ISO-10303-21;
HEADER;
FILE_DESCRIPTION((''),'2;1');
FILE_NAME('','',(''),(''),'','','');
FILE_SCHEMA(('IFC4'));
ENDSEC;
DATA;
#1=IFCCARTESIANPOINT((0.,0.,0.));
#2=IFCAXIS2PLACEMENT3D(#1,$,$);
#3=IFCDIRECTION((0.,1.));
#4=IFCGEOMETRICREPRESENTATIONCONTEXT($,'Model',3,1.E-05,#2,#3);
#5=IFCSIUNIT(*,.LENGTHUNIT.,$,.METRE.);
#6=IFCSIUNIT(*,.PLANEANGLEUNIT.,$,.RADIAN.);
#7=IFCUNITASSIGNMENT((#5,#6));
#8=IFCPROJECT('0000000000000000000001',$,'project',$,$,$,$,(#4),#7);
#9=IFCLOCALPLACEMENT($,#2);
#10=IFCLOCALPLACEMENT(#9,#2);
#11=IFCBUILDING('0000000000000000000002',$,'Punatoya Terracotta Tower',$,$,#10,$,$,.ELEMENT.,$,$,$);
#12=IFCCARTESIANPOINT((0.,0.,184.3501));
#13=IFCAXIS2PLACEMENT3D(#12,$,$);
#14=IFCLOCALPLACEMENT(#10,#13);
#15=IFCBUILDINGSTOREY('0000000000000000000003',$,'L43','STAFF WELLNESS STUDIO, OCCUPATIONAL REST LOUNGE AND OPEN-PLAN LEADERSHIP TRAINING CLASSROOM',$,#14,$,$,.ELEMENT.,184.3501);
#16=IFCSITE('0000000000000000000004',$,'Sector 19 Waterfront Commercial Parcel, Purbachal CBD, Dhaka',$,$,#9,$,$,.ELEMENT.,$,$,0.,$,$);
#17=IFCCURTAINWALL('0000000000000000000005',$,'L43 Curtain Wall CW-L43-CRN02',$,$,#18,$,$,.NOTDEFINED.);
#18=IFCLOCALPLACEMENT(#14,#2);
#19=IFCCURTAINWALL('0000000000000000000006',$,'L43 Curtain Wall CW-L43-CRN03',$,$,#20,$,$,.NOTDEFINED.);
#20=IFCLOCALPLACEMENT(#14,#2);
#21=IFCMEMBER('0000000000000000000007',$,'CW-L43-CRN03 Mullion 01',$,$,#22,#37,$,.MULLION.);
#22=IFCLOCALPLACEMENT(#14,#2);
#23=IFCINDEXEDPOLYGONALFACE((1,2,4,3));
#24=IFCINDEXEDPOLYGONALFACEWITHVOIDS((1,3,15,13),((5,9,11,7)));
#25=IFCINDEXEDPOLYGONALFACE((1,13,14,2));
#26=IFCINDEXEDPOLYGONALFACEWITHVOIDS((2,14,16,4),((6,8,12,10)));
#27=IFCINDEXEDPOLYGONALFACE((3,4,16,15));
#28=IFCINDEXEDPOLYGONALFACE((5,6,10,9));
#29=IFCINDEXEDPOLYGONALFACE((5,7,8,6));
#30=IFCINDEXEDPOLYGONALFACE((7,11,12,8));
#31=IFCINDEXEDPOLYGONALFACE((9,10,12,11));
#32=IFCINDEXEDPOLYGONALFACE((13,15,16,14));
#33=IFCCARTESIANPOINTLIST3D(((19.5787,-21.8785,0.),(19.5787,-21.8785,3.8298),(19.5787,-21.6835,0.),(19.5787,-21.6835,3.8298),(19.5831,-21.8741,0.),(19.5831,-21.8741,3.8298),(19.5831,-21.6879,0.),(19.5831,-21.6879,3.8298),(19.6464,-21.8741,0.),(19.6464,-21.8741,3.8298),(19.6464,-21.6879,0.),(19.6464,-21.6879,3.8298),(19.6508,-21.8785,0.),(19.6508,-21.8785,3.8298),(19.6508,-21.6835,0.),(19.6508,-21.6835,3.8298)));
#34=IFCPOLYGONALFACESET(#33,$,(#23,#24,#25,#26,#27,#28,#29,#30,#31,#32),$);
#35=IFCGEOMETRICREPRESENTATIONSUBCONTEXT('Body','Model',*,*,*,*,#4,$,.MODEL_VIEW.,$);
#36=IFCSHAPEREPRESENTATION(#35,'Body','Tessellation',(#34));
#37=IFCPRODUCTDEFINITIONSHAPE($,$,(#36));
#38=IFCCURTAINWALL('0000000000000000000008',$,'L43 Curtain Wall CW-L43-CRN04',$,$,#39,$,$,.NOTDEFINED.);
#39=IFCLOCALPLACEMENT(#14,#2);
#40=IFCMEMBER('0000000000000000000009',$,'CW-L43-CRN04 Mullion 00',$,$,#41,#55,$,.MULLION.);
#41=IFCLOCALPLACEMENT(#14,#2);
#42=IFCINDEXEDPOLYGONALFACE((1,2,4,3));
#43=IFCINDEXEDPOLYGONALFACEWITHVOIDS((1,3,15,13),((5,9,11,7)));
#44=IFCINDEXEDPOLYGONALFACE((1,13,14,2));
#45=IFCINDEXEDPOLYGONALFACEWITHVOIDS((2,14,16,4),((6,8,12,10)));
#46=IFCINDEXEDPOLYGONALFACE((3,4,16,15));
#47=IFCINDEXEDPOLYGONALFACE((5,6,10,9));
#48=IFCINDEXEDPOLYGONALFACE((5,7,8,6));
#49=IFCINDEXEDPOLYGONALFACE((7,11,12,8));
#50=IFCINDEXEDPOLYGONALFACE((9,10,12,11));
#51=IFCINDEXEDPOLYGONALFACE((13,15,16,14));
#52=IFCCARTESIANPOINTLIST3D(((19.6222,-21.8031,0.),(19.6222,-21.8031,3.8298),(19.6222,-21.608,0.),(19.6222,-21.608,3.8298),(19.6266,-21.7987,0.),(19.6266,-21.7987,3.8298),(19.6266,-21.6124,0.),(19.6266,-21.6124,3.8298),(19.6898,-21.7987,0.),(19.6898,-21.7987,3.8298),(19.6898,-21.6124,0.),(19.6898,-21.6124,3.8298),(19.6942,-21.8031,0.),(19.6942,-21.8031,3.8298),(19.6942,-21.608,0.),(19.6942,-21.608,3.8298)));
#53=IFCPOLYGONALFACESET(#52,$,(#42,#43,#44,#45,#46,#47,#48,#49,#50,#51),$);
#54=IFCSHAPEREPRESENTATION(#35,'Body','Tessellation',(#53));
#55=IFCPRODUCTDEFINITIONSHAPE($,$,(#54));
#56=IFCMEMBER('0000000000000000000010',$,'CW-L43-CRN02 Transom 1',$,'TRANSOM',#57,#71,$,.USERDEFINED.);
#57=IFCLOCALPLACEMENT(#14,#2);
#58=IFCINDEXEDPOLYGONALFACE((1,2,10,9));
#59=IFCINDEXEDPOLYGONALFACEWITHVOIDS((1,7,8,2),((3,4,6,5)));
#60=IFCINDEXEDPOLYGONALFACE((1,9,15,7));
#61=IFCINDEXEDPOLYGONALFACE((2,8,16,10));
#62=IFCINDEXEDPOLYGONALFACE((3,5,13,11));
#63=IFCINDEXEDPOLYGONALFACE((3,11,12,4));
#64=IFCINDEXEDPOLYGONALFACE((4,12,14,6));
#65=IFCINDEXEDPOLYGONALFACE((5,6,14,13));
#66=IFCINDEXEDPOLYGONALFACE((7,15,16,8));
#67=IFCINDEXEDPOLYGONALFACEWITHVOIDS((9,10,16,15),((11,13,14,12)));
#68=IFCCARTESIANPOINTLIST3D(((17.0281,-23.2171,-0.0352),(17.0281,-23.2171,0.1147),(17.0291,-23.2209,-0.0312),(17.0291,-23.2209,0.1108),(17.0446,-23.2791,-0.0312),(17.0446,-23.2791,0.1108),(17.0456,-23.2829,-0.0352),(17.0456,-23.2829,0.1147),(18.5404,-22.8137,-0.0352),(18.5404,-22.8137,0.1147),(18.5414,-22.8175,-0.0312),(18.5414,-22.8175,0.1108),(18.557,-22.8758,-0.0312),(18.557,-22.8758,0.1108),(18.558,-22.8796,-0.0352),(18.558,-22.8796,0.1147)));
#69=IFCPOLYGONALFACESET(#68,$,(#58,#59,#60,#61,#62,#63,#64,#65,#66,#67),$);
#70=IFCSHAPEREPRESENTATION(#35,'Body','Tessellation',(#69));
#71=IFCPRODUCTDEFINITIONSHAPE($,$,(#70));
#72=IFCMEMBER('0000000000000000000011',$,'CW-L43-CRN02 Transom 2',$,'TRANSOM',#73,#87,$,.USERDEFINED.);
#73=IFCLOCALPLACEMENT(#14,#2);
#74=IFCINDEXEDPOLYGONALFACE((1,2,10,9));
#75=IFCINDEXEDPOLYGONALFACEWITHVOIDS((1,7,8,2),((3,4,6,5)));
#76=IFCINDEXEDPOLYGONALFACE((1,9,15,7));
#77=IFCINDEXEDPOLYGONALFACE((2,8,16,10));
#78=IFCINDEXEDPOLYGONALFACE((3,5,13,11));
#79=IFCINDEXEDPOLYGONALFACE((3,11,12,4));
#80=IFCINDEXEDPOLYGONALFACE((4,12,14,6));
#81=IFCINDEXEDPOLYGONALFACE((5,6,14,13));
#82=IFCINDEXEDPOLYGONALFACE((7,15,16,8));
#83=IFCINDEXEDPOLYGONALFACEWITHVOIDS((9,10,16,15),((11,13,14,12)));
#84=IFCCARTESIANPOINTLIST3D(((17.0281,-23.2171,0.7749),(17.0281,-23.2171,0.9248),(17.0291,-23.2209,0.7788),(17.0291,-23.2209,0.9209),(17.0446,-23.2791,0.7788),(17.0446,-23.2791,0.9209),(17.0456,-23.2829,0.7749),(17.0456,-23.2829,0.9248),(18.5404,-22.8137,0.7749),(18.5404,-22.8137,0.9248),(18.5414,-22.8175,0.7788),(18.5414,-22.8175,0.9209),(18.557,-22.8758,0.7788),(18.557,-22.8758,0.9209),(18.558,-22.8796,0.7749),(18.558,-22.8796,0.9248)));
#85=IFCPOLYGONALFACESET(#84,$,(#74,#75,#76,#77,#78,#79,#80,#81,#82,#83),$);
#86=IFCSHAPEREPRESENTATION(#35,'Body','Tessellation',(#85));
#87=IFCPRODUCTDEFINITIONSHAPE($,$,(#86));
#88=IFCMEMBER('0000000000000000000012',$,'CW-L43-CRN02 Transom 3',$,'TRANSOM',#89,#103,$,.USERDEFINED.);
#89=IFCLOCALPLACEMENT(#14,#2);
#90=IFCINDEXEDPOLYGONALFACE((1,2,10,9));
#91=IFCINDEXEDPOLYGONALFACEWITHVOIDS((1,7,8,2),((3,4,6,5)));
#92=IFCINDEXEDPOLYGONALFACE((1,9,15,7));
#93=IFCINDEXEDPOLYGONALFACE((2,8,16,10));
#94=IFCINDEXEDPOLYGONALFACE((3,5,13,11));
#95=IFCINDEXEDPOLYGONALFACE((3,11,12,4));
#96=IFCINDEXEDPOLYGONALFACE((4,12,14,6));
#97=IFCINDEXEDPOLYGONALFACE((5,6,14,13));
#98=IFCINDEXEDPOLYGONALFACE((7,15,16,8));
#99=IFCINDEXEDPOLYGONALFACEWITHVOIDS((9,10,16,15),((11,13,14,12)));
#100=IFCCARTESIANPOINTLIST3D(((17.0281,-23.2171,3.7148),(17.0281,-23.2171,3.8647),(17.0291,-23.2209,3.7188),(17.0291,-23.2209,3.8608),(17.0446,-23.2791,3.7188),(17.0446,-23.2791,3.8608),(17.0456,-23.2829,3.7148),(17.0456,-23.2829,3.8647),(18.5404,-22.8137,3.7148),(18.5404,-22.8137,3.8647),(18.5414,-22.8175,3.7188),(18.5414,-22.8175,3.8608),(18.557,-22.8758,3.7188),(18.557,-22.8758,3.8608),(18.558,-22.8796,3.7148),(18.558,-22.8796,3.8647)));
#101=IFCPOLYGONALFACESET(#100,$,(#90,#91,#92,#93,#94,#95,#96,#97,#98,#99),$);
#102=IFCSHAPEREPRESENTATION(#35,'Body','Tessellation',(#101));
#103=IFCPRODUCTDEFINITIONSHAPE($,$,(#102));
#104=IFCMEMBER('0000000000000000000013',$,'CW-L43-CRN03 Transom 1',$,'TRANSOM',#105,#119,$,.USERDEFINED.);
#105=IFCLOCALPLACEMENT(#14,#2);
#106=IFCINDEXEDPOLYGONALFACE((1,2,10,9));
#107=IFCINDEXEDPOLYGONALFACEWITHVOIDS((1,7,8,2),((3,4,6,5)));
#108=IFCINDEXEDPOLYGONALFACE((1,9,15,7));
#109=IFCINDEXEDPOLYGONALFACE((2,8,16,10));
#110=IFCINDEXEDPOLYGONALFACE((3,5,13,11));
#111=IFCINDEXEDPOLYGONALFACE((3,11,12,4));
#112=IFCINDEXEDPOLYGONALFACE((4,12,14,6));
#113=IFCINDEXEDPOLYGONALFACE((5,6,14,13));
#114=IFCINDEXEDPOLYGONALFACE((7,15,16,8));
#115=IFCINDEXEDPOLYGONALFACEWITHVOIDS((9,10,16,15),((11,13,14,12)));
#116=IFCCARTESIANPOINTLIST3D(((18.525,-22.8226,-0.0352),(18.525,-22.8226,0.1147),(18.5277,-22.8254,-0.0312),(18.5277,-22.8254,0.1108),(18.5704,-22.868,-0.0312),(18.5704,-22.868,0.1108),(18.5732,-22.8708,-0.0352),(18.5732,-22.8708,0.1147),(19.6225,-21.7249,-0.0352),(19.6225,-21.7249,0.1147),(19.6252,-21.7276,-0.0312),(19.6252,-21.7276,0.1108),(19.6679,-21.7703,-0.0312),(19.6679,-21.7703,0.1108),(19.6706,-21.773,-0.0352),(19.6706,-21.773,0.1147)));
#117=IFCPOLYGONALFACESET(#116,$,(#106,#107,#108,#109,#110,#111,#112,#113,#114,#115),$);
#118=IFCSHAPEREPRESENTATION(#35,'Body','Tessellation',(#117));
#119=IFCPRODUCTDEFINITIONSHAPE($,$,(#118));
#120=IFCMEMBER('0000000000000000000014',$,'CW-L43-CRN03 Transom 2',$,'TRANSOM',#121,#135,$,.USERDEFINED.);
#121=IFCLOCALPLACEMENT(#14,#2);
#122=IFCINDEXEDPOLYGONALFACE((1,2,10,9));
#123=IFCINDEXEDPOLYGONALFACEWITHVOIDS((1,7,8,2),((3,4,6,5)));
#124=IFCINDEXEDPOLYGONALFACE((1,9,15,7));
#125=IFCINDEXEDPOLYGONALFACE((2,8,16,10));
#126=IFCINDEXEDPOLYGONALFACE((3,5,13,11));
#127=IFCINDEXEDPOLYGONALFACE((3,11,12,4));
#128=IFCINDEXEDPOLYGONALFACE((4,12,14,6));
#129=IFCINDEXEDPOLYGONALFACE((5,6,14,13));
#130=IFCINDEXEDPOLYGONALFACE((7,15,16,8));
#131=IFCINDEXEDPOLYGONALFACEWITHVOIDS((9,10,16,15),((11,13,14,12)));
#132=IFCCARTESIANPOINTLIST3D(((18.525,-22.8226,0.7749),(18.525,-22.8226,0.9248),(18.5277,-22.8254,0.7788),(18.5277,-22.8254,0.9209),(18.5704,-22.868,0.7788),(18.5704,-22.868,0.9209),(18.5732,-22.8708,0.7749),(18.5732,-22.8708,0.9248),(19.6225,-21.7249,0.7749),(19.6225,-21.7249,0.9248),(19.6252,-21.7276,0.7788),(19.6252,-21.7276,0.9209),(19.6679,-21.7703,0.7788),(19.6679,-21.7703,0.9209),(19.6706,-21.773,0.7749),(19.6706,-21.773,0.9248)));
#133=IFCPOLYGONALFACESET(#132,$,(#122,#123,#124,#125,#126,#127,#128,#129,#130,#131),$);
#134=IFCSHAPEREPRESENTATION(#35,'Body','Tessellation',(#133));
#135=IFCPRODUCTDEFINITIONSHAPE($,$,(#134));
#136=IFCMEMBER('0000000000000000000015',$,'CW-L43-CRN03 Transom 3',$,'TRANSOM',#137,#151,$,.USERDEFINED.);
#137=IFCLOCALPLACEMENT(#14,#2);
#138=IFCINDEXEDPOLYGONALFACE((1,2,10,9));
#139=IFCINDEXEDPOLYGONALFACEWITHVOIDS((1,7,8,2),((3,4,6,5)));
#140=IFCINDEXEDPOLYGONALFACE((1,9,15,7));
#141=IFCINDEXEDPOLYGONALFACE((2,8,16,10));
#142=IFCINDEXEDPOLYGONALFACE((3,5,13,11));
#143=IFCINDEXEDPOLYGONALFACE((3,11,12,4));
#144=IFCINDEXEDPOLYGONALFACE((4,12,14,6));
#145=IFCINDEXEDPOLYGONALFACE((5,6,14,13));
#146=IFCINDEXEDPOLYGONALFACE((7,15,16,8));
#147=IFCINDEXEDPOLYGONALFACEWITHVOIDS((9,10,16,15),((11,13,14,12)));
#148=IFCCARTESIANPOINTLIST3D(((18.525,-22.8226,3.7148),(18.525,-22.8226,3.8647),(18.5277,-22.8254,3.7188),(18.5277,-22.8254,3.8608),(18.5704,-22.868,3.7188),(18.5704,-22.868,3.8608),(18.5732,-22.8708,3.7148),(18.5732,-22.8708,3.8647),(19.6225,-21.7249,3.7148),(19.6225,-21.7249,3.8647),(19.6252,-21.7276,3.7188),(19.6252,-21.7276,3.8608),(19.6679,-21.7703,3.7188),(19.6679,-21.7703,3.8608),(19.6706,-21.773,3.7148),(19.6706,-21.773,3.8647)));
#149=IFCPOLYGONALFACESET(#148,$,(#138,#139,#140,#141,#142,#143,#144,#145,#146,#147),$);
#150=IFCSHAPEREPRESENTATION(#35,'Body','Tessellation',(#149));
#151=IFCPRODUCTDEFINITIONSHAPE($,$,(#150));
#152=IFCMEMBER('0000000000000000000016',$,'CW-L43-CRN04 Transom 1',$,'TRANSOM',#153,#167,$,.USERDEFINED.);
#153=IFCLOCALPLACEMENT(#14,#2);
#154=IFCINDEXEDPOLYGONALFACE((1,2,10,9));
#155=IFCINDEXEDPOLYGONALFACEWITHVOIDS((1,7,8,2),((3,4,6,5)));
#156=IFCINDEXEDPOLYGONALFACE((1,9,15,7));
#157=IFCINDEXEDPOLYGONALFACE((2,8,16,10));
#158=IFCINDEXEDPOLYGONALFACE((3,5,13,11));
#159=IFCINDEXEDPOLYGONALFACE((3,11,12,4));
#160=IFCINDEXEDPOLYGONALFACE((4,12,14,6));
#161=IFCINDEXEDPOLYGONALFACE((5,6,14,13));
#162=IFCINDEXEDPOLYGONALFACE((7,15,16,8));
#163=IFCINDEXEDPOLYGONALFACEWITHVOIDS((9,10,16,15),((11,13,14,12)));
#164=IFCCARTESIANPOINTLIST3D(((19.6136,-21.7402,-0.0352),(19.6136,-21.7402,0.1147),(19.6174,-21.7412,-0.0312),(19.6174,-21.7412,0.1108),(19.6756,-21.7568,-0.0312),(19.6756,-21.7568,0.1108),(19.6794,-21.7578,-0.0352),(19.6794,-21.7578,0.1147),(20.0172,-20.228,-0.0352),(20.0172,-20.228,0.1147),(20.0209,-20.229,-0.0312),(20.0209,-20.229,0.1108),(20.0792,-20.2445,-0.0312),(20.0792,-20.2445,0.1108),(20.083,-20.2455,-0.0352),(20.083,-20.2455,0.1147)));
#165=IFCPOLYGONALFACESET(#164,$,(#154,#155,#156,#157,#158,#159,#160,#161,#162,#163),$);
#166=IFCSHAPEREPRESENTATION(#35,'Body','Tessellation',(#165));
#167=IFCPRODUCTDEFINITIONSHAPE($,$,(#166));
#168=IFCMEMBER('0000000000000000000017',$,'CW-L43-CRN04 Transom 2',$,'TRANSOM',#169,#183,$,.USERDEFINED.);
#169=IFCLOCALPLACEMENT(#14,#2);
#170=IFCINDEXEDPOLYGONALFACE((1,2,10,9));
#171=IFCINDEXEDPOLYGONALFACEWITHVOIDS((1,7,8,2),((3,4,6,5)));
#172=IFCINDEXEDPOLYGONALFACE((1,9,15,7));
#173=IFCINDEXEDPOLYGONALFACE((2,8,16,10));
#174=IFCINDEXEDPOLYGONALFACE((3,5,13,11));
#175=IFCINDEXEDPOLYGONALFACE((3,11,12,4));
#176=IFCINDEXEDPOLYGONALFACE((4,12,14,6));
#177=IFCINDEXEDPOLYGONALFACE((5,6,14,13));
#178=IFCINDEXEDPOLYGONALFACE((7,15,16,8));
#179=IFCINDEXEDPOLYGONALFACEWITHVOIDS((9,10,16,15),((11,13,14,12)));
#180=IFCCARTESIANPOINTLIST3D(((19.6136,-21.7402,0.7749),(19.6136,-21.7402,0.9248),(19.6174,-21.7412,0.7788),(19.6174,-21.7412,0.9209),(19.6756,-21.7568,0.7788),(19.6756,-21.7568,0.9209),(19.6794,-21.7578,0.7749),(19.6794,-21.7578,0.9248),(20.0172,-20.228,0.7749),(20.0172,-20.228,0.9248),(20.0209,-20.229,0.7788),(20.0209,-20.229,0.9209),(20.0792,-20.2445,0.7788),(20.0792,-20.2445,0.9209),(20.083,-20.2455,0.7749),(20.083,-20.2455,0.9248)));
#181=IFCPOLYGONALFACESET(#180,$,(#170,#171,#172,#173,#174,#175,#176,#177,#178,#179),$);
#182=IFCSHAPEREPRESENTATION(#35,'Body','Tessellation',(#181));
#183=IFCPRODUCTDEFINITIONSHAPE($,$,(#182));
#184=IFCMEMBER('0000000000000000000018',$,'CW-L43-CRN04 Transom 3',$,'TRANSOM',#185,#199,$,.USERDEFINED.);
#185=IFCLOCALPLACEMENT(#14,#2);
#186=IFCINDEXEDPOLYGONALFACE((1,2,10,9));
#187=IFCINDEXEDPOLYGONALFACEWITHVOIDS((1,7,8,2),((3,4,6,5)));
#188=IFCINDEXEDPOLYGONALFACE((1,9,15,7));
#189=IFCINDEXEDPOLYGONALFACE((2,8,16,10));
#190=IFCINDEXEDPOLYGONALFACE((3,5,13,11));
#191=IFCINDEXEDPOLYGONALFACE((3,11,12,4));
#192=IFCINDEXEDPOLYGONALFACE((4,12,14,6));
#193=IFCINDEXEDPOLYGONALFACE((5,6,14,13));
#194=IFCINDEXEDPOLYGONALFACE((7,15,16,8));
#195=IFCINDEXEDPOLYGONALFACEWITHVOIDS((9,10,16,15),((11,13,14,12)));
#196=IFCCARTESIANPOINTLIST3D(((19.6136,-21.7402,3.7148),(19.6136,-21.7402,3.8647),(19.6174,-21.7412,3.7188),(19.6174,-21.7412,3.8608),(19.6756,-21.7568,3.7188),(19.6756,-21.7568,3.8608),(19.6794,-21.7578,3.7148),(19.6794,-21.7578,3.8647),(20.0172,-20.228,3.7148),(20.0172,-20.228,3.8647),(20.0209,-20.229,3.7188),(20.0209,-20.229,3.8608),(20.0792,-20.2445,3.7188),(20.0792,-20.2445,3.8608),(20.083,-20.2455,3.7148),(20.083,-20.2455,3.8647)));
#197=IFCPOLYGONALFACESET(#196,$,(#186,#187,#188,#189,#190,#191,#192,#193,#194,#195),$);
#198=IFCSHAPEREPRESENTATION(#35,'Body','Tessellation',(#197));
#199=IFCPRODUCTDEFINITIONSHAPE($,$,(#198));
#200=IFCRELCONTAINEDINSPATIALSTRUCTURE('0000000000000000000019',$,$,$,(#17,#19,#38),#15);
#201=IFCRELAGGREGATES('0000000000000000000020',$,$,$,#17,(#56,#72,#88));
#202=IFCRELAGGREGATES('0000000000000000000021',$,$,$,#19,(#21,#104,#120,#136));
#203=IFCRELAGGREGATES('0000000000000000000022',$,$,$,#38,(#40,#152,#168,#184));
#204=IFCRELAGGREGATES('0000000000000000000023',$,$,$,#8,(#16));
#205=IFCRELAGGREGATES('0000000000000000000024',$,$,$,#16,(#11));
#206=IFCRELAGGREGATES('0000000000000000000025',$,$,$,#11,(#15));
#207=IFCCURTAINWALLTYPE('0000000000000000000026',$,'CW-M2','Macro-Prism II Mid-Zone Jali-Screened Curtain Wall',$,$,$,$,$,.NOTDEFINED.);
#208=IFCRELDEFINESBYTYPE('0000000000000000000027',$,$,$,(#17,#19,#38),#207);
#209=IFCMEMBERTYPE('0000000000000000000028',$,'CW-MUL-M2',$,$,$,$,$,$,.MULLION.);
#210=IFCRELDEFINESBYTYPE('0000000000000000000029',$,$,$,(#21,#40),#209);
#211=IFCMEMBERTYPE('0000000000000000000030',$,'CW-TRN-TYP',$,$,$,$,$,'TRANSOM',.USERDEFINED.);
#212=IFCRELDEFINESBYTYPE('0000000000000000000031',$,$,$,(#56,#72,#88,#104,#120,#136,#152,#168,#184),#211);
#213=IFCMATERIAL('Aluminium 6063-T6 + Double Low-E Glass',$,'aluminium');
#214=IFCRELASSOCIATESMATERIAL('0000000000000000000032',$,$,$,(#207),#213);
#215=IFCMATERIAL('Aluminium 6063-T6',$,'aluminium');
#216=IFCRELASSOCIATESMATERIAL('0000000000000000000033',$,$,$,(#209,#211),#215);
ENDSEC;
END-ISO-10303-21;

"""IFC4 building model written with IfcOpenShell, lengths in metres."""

from ifc_helpers import new_model, si_unit, direction, frame, origin, origin_2d, place, context, subcontext, project, spatial, hollow_rectangle, extrude, material, material_profile, profile_set, type_object, element, aggregate, save


model = new_model("IFC4")

# Units and contexts
model_context = context("Model", 3, precision=1e-05, world=origin(), true_north=direction((0.0, 1.0)))
body_context = subcontext(model_context, "Body", "Model", "MODEL_VIEW")
ifc_project = project(units=[si_unit("LENGTHUNIT", "METRE"), si_unit("PLANEANGLEUNIT", "RADIAN")], contexts=[model_context])

# Site, building, storey
site_placement = place(None, origin())
site = spatial("IfcSite", under=ifc_project, at=site_placement, Name="Sector 19 Waterfront Commercial Parcel, Purbachal CBD, Dhaka", CompositionType="ELEMENT", RefElevation=0.0)
building_placement = place(site_placement, origin())
building = spatial("IfcBuilding", under=site, at=building_placement, Name="Punatoya Terracotta Tower", CompositionType="ELEMENT")
storey_placement = place(building_placement, frame((0.0, 0.0, 184.3501)))
storey = spatial("IfcBuildingStorey", under=building, at=storey_placement, Name="L43", Description="STAFF WELLNESS STUDIO, OCCUPATIONAL REST LOUNGE AND OPEN-PLAN LEADERSHIP TRAINING CLASSROOM", CompositionType="ELEMENT", Elevation=184.3501)

# Curtain walls, member
ifc_material_1 = material(Name="Aluminium 6063-T6 + Double Low-E Glass", Category="aluminium")
curtain_wall_type = type_object("IfcCurtainWallType", Name="CW-M2", Description="Macro-Prism II Mid-Zone Jali-Screened Curtain Wall", PredefinedType="NOTDEFINED", material=ifc_material_1)
ifc_material_2 = material(Name="Aluminium 6063-T6", Category="aluminium")
ifc_material_profile_1 = material_profile(ifc_material_2, hollow_rectangle(XDim=0.072, YDim=0.1951, WallThickness=0.0044, at=origin_2d()))
ifc_profile_set_1 = profile_set([ifc_material_profile_1], Name="Aluminium 6063-T6")
member_type_1 = type_object("IfcMemberType", Name="CW-MUL-M2", PredefinedType="MULLION", material=ifc_profile_set_1)
curtain_wall_1_placement = place(storey_placement, origin())
curtain_wall_1 = element("IfcCurtainWall", 1, at=curtain_wall_1_placement, inside=storey, type_object=curtain_wall_type, Name="L43 Curtain Wall CW-L43-CRN02", PredefinedType="NOTDEFINED")
curtain_wall_2_placement = place(storey_placement, origin())
curtain_wall_2 = element("IfcCurtainWall", 2, at=curtain_wall_2_placement, inside=storey, type_object=curtain_wall_type, Name="L43 Curtain Wall CW-L43-CRN03", PredefinedType="NOTDEFINED")
member_1_placement = place(storey_placement, frame((19.6147, -21.781, 0.0), z_axis=(0.0, 0.0, 1.0), x_axis=(1.0, 0.0, 0.0)))
member_1 = element("IfcMember", 3, at=member_1_placement, type_object=member_type_1, Name="CW-L43-CRN03 Mullion 01", PredefinedType="MULLION", context=body_context, shape_type="SweptSolid", body=[
    extrude(hollow_rectangle(XDim=0.072, YDim=0.1951, WallThickness=0.0044, at=origin_2d()), origin(), (0.0, 0.0, 1.0), 3.8298),
])

# Curtain wall, member
curtain_wall_3_placement = place(storey_placement, origin())
curtain_wall_3 = element("IfcCurtainWall", 4, at=curtain_wall_3_placement, inside=storey, type_object=curtain_wall_type, Name="L43 Curtain Wall CW-L43-CRN04", PredefinedType="NOTDEFINED")
member_2_placement = place(storey_placement, frame((19.6582, -21.7056, 0.0), z_axis=(0.0, 0.0, 1.0), x_axis=(1.0, 0.0, 0.0)))
member_2 = element("IfcMember", 5, at=member_2_placement, type_object=member_type_1, Name="CW-L43-CRN04 Mullion 00", PredefinedType="MULLION", context=body_context, shape_type="SweptSolid", body=[
    extrude(hollow_rectangle(XDim=0.072, YDim=0.1951, WallThickness=0.0044, at=origin_2d()), origin(), (0.0, 0.0, 1.0), 3.8298),
])

# Members
ifc_material_profile_2 = material_profile(ifc_material_2, hollow_rectangle(XDim=0.0681, YDim=0.1499, WallThickness=0.0039, at=origin_2d()))
ifc_profile_set_2 = profile_set([ifc_material_profile_2], Name="Aluminium 6063-T6")
member_type_2 = type_object("IfcMemberType", Name="CW-TRN-TYP", ElementType="TRANSOM", PredefinedType="USERDEFINED", material=ifc_profile_set_2)
member_3_placement = place(storey_placement, frame((17.0369, -23.25, 0.0398), z_axis=(0.966225, 0.257701, 0.0), x_axis=(-0.257701, 0.966225, 0.0)))
member_3 = element("IfcMember", 6, at=member_3_placement, type_object=member_type_2, Name="CW-L43-CRN02 Transom 1", ObjectType="TRANSOM", PredefinedType="USERDEFINED", context=body_context, shape_type="SweptSolid", body=[
    extrude(hollow_rectangle(XDim=0.0681, YDim=0.1499, WallThickness=0.0039, at=origin_2d()), origin(), (0.0, 0.0, 1.0), 1.5652),
])
member_4_placement = place(storey_placement, frame((17.0369, -23.25, 0.8499), z_axis=(0.966225, 0.257701, 0.0), x_axis=(-0.257701, 0.966225, 0.0)))
member_4 = element("IfcMember", 7, at=member_4_placement, type_object=member_type_2, Name="CW-L43-CRN02 Transom 2", ObjectType="TRANSOM", PredefinedType="USERDEFINED", context=body_context, shape_type="SweptSolid", body=[
    extrude(hollow_rectangle(XDim=0.0681, YDim=0.1499, WallThickness=0.0039, at=origin_2d()), origin(), (0.0, 0.0, 1.0), 1.5652),
])
member_5_placement = place(storey_placement, frame((17.0369, -23.25, 3.7898), z_axis=(0.966225, 0.257701, 0.0), x_axis=(-0.257701, 0.966225, 0.0)))
member_5 = element("IfcMember", 8, at=member_5_placement, type_object=member_type_2, Name="CW-L43-CRN02 Transom 3", ObjectType="TRANSOM", PredefinedType="USERDEFINED", context=body_context, shape_type="SweptSolid", body=[
    extrude(hollow_rectangle(XDim=0.0681, YDim=0.1499, WallThickness=0.0039, at=origin_2d()), origin(), (0.0, 0.0, 1.0), 1.5652),
])
member_6_placement = place(storey_placement, frame((18.5491, -22.8467, 0.0398), z_axis=(0.707028, 0.707185, 0.0), x_axis=(-0.707185, 0.707028, 0.0)))
member_6 = element("IfcMember", 9, at=member_6_placement, type_object=member_type_2, Name="CW-L43-CRN03 Transom 1", ObjectType="TRANSOM", PredefinedType="USERDEFINED", context=body_context, shape_type="SweptSolid", body=[
    extrude(hollow_rectangle(XDim=0.0681, YDim=0.1499, WallThickness=0.0039, at=origin_2d()), origin(), (0.0, 0.0, 1.0), 1.5522),
])
member_7_placement = place(storey_placement, frame((18.5491, -22.8467, 0.8499), z_axis=(0.707028, 0.707185, 0.0), x_axis=(-0.707185, 0.707028, 0.0)))
member_7 = element("IfcMember", 10, at=member_7_placement, type_object=member_type_2, Name="CW-L43-CRN03 Transom 2", ObjectType="TRANSOM", PredefinedType="USERDEFINED", context=body_context, shape_type="SweptSolid", body=[
    extrude(hollow_rectangle(XDim=0.0681, YDim=0.1499, WallThickness=0.0039, at=origin_2d()), origin(), (0.0, 0.0, 1.0), 1.5522),
])
member_8_placement = place(storey_placement, frame((18.5491, -22.8467, 3.7898), z_axis=(0.707028, 0.707185, 0.0), x_axis=(-0.707185, 0.707028, 0.0)))
member_8 = element("IfcMember", 11, at=member_8_placement, type_object=member_type_2, Name="CW-L43-CRN03 Transom 3", ObjectType="TRANSOM", PredefinedType="USERDEFINED", context=body_context, shape_type="SweptSolid", body=[
    extrude(hollow_rectangle(XDim=0.0681, YDim=0.1499, WallThickness=0.0039, at=origin_2d()), origin(), (0.0, 0.0, 1.0), 1.5522),
])
member_9_placement = place(storey_placement, frame((19.6465, -21.749, 0.0398), z_axis=(0.257847, 0.966186, 0.0), x_axis=(-0.966186, 0.257847, 0.0)))
member_9 = element("IfcMember", 12, at=member_9_placement, type_object=member_type_2, Name="CW-L43-CRN04 Transom 1", ObjectType="TRANSOM", PredefinedType="USERDEFINED", context=body_context, shape_type="SweptSolid", body=[
    extrude(hollow_rectangle(XDim=0.0681, YDim=0.1499, WallThickness=0.0039, at=origin_2d()), origin(), (0.0, 0.0, 1.0), 1.5652),
])
member_10_placement = place(storey_placement, frame((19.6465, -21.749, 0.8499), z_axis=(0.257847, 0.966186, 0.0), x_axis=(-0.966186, 0.257847, 0.0)))
member_10 = element("IfcMember", 13, at=member_10_placement, type_object=member_type_2, Name="CW-L43-CRN04 Transom 2", ObjectType="TRANSOM", PredefinedType="USERDEFINED", context=body_context, shape_type="SweptSolid", body=[
    extrude(hollow_rectangle(XDim=0.0681, YDim=0.1499, WallThickness=0.0039, at=origin_2d()), origin(), (0.0, 0.0, 1.0), 1.5652),
])
member_11_placement = place(storey_placement, frame((19.6465, -21.749, 3.7898), z_axis=(0.257847, 0.966186, 0.0), x_axis=(-0.966186, 0.257847, 0.0)))
member_11 = element("IfcMember", 14, at=member_11_placement, type_object=member_type_2, Name="CW-L43-CRN04 Transom 3", ObjectType="TRANSOM", PredefinedType="USERDEFINED", context=body_context, shape_type="SweptSolid", body=[
    extrude(hollow_rectangle(XDim=0.0681, YDim=0.1499, WallThickness=0.0039, at=origin_2d()), origin(), (0.0, 0.0, 1.0), 1.5652),
])

aggregate(curtain_wall_1, [member_3, member_4, member_5])
aggregate(curtain_wall_2, [member_1, member_6, member_7, member_8])
aggregate(curtain_wall_3, [member_2, member_9, member_10, member_11])

save(model, "model.ifc")
